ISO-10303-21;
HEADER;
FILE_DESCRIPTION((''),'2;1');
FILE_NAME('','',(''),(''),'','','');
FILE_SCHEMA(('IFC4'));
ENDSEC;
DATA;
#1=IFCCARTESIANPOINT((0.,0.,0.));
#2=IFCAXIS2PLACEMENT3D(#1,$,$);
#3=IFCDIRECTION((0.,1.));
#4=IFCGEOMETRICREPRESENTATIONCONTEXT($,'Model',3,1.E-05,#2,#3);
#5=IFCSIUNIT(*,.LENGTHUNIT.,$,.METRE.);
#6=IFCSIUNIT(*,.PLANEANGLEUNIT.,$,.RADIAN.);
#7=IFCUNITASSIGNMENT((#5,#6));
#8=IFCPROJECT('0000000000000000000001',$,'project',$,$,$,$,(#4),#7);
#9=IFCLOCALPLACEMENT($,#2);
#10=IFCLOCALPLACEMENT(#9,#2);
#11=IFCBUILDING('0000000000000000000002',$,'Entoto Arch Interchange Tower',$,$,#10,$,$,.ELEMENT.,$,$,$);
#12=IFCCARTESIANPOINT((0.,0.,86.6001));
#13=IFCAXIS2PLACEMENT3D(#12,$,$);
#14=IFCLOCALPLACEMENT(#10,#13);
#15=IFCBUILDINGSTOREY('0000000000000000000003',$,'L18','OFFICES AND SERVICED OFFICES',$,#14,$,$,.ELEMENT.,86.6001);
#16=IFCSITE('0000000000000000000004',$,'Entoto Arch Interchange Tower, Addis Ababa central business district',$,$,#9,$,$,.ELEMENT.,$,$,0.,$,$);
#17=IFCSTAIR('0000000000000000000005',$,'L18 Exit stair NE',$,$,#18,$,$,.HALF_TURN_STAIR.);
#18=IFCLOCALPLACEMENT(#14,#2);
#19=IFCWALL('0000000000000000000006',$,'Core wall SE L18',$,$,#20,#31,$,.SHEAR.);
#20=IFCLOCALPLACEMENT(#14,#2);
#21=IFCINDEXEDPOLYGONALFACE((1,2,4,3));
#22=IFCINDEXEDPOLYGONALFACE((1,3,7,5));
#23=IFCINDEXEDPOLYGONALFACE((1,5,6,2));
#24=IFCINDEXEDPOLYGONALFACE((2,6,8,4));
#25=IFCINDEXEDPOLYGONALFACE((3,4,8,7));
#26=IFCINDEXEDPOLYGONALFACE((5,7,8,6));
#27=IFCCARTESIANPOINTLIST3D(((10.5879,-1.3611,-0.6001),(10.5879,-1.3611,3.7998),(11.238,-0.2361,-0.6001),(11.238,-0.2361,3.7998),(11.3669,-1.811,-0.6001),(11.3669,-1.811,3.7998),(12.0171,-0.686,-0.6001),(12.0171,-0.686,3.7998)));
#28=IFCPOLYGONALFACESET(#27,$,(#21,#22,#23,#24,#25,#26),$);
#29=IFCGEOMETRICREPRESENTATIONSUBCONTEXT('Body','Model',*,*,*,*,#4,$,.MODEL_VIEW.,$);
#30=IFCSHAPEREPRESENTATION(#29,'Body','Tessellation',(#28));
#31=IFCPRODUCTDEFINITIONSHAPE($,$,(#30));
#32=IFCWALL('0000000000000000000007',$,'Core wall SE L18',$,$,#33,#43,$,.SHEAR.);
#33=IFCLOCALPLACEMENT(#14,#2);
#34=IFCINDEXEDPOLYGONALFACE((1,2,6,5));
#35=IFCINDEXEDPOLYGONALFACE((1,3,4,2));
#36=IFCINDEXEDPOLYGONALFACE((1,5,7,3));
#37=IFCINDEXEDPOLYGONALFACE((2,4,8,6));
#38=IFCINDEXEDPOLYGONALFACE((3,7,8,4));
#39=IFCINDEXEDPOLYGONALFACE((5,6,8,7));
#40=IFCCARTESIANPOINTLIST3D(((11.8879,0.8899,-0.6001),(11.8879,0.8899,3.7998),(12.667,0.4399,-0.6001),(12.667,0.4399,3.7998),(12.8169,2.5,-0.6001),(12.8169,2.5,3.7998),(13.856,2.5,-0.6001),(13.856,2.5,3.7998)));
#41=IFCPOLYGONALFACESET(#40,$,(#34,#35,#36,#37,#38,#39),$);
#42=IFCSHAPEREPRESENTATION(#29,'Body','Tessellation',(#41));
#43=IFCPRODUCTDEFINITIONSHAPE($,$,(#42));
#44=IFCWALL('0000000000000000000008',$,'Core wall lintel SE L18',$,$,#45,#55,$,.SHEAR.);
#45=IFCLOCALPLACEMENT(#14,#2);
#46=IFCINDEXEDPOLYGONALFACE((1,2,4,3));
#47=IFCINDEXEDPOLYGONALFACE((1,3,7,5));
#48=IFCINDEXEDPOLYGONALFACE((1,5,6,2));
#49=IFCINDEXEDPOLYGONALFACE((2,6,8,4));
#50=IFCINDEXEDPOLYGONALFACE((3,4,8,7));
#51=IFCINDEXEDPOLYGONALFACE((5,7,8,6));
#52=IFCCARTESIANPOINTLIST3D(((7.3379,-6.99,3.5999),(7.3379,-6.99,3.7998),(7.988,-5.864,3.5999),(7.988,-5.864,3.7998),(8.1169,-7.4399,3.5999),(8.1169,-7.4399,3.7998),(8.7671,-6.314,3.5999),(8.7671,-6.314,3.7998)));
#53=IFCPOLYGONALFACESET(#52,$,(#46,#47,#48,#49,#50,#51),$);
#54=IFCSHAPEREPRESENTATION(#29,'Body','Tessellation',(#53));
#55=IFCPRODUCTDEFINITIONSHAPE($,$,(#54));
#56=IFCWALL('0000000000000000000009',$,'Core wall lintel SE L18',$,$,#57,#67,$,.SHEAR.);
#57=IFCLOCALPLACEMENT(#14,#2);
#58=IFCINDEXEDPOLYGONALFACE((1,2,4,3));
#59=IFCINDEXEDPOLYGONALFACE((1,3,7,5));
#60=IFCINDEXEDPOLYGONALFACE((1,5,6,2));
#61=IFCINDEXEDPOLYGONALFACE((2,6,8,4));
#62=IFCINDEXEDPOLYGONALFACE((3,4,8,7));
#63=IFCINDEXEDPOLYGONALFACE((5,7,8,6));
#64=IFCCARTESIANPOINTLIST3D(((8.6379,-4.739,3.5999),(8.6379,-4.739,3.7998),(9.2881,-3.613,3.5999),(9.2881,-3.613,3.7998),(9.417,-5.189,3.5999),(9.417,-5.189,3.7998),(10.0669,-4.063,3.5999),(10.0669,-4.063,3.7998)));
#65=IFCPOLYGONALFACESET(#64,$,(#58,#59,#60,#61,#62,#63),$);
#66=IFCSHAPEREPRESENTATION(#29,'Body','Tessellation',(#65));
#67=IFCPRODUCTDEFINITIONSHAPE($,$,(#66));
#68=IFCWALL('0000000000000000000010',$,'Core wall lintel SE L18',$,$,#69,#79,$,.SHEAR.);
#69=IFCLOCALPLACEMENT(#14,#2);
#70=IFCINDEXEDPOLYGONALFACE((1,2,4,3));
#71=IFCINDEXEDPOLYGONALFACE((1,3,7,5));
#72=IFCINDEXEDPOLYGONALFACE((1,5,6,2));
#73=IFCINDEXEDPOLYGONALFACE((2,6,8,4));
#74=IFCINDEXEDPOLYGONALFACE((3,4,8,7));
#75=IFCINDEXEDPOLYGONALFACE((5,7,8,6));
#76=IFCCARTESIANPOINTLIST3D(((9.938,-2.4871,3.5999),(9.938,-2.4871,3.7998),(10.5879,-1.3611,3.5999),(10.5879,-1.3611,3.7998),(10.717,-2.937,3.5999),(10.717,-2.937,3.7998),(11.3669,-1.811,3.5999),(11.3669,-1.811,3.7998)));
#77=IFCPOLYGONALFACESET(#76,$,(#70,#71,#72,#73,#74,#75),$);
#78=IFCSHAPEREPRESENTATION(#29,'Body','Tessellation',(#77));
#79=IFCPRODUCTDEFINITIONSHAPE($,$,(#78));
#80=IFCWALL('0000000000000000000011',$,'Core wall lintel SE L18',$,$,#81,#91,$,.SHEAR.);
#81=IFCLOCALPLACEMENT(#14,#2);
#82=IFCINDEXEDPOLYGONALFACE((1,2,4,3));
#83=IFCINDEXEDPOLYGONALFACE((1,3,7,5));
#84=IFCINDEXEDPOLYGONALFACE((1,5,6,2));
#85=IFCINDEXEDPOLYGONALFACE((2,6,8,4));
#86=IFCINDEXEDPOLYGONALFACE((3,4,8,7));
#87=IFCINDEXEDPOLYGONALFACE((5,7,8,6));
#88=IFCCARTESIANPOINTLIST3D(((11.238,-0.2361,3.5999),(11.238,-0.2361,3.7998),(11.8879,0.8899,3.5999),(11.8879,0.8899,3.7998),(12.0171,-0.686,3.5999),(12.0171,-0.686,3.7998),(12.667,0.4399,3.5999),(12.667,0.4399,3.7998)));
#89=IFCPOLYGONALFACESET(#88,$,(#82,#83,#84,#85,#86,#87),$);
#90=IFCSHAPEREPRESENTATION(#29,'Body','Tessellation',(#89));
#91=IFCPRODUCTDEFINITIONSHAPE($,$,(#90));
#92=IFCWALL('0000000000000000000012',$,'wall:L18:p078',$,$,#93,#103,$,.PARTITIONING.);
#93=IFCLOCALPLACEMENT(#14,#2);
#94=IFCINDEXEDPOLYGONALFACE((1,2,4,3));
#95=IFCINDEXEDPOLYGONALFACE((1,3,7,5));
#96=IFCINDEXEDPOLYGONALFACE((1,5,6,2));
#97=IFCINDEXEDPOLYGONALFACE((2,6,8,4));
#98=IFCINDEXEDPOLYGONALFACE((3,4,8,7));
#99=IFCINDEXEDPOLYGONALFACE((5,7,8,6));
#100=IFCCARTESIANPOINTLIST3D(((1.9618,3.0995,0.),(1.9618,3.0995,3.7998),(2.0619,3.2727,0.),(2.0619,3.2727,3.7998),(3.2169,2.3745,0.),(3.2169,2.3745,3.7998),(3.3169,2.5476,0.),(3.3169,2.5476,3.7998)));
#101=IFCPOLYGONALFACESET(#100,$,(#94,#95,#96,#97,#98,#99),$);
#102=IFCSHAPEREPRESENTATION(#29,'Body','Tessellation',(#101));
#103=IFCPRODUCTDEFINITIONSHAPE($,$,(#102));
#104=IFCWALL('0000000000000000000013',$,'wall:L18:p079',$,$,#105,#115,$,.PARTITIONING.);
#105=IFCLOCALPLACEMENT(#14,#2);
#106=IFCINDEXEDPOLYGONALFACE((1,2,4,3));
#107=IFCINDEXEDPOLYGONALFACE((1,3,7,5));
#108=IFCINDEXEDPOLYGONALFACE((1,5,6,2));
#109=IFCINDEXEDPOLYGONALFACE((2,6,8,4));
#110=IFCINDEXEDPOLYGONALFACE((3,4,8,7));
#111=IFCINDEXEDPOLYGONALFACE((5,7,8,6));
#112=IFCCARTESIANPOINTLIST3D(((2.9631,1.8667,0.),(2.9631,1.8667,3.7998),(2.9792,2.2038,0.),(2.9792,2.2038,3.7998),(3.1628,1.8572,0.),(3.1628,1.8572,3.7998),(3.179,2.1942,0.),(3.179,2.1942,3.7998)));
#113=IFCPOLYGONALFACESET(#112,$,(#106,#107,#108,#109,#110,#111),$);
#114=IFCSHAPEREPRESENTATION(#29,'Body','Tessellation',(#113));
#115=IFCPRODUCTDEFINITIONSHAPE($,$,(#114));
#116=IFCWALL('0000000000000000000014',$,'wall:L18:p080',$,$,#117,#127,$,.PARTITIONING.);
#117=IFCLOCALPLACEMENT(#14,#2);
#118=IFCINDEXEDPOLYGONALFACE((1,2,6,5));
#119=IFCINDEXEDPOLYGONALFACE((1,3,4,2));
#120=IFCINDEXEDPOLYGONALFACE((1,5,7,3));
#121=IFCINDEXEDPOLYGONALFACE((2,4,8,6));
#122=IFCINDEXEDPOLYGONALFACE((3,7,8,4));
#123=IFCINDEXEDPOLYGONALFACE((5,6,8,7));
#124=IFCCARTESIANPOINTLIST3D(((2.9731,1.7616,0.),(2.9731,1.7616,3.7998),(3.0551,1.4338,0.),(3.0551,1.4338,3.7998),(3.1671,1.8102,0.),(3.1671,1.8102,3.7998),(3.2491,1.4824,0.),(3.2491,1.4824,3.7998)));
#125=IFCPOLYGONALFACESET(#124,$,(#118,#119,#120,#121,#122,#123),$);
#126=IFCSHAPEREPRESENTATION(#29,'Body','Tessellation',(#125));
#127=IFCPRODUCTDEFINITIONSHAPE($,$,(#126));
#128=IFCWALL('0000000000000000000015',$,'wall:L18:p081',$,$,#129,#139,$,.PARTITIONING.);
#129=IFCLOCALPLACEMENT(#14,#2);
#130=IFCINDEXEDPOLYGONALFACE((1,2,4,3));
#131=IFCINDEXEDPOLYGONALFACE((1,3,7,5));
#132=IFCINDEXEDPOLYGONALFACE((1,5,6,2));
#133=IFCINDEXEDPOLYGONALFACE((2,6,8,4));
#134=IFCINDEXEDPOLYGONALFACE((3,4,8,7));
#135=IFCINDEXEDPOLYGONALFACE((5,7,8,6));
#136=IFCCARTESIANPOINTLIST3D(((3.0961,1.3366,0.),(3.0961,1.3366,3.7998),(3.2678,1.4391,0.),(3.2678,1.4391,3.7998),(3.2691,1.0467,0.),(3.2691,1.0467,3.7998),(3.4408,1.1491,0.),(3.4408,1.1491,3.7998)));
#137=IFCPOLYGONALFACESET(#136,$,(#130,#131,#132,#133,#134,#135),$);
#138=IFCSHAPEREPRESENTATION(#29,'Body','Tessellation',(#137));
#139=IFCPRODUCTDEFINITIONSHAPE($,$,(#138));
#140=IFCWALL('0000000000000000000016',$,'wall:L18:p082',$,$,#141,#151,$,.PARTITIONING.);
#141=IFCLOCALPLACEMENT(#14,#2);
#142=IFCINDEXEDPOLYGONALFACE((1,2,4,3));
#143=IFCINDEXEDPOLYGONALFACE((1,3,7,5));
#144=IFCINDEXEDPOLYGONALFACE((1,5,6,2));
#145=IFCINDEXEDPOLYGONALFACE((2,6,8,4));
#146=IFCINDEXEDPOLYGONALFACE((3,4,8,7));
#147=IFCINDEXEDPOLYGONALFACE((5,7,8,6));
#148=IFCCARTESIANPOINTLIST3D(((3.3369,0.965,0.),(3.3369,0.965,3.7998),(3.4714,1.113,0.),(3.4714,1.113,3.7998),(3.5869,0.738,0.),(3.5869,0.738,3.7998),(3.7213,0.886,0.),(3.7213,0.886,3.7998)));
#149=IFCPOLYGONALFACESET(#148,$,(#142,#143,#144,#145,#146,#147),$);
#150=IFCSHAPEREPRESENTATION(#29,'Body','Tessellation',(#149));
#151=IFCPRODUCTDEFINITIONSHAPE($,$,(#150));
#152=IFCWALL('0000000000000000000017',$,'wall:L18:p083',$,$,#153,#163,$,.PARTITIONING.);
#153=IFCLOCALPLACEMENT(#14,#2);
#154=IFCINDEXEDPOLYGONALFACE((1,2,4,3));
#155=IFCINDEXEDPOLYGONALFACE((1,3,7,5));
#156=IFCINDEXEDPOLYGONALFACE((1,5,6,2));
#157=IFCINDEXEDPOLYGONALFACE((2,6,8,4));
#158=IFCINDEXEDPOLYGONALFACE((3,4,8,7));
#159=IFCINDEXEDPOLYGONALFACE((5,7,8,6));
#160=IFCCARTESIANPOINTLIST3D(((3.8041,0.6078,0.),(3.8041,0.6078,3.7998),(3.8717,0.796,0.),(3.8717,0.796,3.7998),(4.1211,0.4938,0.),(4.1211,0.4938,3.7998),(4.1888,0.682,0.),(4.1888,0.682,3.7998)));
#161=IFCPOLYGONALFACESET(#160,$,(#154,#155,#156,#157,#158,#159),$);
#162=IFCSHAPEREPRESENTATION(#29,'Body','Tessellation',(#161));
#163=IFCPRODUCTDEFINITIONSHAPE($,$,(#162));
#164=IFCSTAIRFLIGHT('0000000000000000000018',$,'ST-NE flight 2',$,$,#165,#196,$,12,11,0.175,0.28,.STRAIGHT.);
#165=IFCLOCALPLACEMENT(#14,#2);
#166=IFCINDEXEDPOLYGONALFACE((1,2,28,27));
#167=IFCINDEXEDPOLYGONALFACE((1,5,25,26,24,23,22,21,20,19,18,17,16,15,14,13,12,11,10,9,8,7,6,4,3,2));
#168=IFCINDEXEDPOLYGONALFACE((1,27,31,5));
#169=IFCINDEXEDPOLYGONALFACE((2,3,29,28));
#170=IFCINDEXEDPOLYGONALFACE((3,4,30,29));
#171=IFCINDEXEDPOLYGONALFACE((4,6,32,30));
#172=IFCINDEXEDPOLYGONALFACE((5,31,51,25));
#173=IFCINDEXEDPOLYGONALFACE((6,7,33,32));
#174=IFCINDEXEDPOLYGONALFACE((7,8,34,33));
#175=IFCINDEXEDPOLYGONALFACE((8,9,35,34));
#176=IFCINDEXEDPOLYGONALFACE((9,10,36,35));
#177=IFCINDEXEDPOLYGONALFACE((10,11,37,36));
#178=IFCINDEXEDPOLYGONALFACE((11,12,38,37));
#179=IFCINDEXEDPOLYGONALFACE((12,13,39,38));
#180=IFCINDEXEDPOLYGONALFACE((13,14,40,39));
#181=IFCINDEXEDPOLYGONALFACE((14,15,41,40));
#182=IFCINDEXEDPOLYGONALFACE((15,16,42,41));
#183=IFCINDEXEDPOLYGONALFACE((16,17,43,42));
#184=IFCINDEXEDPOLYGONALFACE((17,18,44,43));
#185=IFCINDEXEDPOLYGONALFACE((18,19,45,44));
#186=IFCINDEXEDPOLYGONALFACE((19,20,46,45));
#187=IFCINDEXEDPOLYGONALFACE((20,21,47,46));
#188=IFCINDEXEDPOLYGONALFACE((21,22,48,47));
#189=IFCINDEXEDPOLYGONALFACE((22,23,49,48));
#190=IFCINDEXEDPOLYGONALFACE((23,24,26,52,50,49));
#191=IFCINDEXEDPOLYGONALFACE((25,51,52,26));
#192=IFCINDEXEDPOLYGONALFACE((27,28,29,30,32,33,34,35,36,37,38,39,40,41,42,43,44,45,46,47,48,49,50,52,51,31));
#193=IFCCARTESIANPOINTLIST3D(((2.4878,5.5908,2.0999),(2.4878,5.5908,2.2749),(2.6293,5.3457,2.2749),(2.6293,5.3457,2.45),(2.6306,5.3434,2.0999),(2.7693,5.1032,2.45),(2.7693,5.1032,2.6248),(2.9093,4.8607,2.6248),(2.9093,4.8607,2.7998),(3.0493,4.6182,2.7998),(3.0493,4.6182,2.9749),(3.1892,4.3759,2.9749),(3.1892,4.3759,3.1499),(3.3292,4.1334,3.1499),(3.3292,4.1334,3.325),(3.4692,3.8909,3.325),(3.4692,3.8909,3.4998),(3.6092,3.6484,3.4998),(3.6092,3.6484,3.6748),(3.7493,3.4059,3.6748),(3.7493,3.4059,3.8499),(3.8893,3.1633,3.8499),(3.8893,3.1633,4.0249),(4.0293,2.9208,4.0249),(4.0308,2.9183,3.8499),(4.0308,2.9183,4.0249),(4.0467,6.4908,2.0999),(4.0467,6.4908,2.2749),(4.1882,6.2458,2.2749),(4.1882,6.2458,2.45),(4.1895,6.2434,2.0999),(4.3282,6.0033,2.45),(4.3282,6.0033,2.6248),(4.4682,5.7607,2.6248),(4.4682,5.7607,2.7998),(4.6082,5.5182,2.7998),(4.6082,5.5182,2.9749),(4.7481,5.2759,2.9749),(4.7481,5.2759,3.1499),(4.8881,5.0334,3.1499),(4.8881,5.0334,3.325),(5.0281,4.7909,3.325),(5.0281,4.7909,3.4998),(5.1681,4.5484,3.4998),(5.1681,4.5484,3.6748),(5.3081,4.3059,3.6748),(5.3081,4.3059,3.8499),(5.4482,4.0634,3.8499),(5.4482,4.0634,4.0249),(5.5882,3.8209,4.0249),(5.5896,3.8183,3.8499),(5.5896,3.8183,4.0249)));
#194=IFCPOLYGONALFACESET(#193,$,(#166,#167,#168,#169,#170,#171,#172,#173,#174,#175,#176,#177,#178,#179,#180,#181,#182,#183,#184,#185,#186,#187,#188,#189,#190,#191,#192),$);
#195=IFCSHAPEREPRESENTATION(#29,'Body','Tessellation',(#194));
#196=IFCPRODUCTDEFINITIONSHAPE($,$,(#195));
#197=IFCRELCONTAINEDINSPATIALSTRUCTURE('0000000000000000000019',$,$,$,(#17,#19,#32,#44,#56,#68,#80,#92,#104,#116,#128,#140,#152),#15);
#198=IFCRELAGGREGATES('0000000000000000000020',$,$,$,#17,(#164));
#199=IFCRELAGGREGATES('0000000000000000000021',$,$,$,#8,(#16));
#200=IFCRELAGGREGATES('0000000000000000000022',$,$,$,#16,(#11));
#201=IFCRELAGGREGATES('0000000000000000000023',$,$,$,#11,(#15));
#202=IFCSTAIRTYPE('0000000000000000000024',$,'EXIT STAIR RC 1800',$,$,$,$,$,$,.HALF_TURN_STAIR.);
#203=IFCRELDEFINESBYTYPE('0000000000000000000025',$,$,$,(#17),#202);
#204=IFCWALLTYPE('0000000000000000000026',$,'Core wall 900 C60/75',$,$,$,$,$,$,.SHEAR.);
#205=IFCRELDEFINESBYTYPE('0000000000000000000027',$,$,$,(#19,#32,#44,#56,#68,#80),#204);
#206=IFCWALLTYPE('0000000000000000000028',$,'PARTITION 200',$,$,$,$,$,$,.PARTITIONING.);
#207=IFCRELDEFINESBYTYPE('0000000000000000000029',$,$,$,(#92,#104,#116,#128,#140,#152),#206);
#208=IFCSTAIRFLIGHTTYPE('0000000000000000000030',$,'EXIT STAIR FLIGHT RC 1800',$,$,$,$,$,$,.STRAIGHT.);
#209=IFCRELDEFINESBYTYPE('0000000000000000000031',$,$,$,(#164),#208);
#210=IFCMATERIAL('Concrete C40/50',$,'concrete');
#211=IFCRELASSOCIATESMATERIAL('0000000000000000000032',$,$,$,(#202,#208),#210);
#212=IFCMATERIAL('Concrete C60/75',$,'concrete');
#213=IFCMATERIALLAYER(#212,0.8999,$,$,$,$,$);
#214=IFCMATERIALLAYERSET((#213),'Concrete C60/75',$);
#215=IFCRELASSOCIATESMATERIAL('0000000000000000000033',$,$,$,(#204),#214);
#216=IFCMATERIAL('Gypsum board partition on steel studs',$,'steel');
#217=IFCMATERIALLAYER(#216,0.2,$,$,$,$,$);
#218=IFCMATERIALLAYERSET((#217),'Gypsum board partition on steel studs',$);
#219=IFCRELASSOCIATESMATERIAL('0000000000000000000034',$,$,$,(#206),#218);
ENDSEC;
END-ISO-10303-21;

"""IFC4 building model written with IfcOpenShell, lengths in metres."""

from ifc_helpers import new_model, si_unit, direction, frame, frame_2d, origin, place, context, subcontext, project, spatial, polyline, rectangle, outline, extrude, material, layer, layer_set, type_object, element, aggregate, save


model = new_model("IFC4")

# Units and contexts
model_context = context("Model", 3, precision=1e-05, world=origin(), true_north=direction((0.0, 1.0)))
body_context = subcontext(model_context, "Body", "Model", "MODEL_VIEW")
ifc_project = project(units=[si_unit("LENGTHUNIT", "METRE"), si_unit("PLANEANGLEUNIT", "RADIAN")], contexts=[model_context])

# Site, building, storey
site_placement = place(None, origin())
site = spatial("IfcSite", under=ifc_project, at=site_placement, Name="Entoto Arch Interchange Tower, Addis Ababa central business district", CompositionType="ELEMENT", RefElevation=0.0)
building_placement = place(site_placement, origin())
building = spatial("IfcBuilding", under=site, at=building_placement, Name="Entoto Arch Interchange Tower", CompositionType="ELEMENT")
storey_placement = place(building_placement, frame((0.0, 0.0, 86.6001)))
storey = spatial("IfcBuildingStorey", under=building, at=storey_placement, Name="L18", Description="OFFICES AND SERVICED OFFICES", CompositionType="ELEMENT", Elevation=86.6001)

# Shared definitions
ifc_material_1 = material(Name="Concrete C40/50", Category="concrete")

# Stair
stair_type = type_object("IfcStairType", Name="EXIT STAIR RC 1800", PredefinedType="HALF_TURN_STAIR", material=ifc_material_1)
stair_1_placement = place(storey_placement, origin())
stair_1 = element("IfcStair", 1, at=stair_1_placement, inside=storey, type_object=stair_type, Name="L18 Exit stair NE", PredefinedType="HALF_TURN_STAIR")

# Walls
ifc_material_2 = material(Name="Concrete C60/75", Category="concrete")
ifc_layer_1 = layer(ifc_material_2, 0.8999)
ifc_layer_set_1 = layer_set([ifc_layer_1], Name="Concrete C60/75")
wall_type_1 = type_object("IfcWallType", Name="Core wall 900 C60/75", PredefinedType="SHEAR", material=ifc_layer_set_1)
wall_1_placement = place(storey_placement, frame((0.0, 0.0, -0.6001)))
element("IfcWall", 2, at=wall_1_placement, inside=storey, type_object=wall_type_1, Name="Core wall SE L18", PredefinedType="SHEAR", context=body_context, shape_type="SweptSolid", body=[
    extrude(outline(polyline([(12.0171, -0.686), (11.238, -0.2361), (10.5879, -1.3611), (11.3669, -1.811), (12.0171, -0.686)])), origin(), (0.0, 0.0, 1.0), 4.3999),
])
wall_2_placement = place(storey_placement, frame((0.0, 0.0, -0.6001)))
element("IfcWall", 3, at=wall_2_placement, inside=storey, type_object=wall_type_1, Name="Core wall SE L18", PredefinedType="SHEAR", context=body_context, shape_type="SweptSolid", body=[
    extrude(outline(polyline([(11.8879, 0.8899), (12.667, 0.4399), (13.856, 2.5), (12.8169, 2.5), (11.8879, 0.8899)])), origin(), (0.0, 0.0, 1.0), 4.3999),
])
wall_3_placement = place(storey_placement, frame((0.0, 0.0, 3.5999)))
element("IfcWall", 4, at=wall_3_placement, inside=storey, type_object=wall_type_1, Name="Core wall lintel SE L18", PredefinedType="SHEAR", context=body_context, shape_type="SweptSolid", body=[
    extrude(outline(polyline([(8.7671, -6.314), (7.988, -5.864), (7.3379, -6.99), (8.1169, -7.4399), (8.7671, -6.314)])), origin(), (0.0, 0.0, 1.0), 0.2),
])
wall_4_placement = place(storey_placement, frame((0.0, 0.0, 3.5999)))
element("IfcWall", 5, at=wall_4_placement, inside=storey, type_object=wall_type_1, Name="Core wall lintel SE L18", PredefinedType="SHEAR", context=body_context, shape_type="SweptSolid", body=[
    extrude(outline(polyline([(10.0669, -4.063), (9.2881, -3.613), (8.6379, -4.739), (9.417, -5.189), (10.0669, -4.063)])), origin(), (0.0, 0.0, 1.0), 0.2),
])
wall_5_placement = place(storey_placement, frame((0.0, 0.0, 3.5999)))
element("IfcWall", 6, at=wall_5_placement, inside=storey, type_object=wall_type_1, Name="Core wall lintel SE L18", PredefinedType="SHEAR", context=body_context, shape_type="SweptSolid", body=[
    extrude(outline(polyline([(11.3669, -1.811), (10.5879, -1.3611), (9.938, -2.4871), (10.717, -2.937), (11.3669, -1.811)])), origin(), (0.0, 0.0, 1.0), 0.2),
])
wall_6_placement = place(storey_placement, frame((0.0, 0.0, 3.5999)))
element("IfcWall", 7, at=wall_6_placement, inside=storey, type_object=wall_type_1, Name="Core wall lintel SE L18", PredefinedType="SHEAR", context=body_context, shape_type="SweptSolid", body=[
    extrude(outline(polyline([(12.667, 0.4399), (11.8879, 0.8899), (11.238, -0.2361), (12.0171, -0.686), (12.667, 0.4399)])), origin(), (0.0, 0.0, 1.0), 0.2),
])
ifc_material_3 = material(Name="Gypsum board partition on steel studs", Category="steel")
ifc_layer_2 = layer(ifc_material_3, 0.2)
ifc_layer_set_2 = layer_set([ifc_layer_2], Name="Gypsum board partition on steel studs")
wall_type_2 = type_object("IfcWallType", Name="PARTITION 200", PredefinedType="PARTITIONING", material=ifc_layer_set_2)
wall_7_placement = place(storey_placement, frame((2.012, 3.186, 0.0), z_axis=(0.0, 0.0, 1.0), x_axis=(0.865891, -0.500233, 0.0)))
element("IfcWall", 8, at=wall_7_placement, inside=storey, type_object=wall_type_2, Name="wall:L18:p078", PredefinedType="PARTITIONING", context=body_context, shape_type="SweptSolid", body=[
    extrude(rectangle(XDim=1.4495, YDim=0.2, at=frame_2d((0.7246, 0.0))), origin(), (0.0, 0.0, 1.0), 3.7998),
])
wall_8_placement = place(storey_placement, frame((3.0791, 2.199, 0.0), z_axis=(0.0, 0.0, 1.0), x_axis=(-0.047771, -0.998858, 0.0)))
element("IfcWall", 9, at=wall_8_placement, inside=storey, type_object=wall_type_2, Name="wall:L18:p079", PredefinedType="PARTITIONING", context=body_context, shape_type="SweptSolid", body=[
    extrude(rectangle(XDim=0.3374, YDim=0.2, at=frame_2d((0.1687, 0.0))), origin(), (0.0, 0.0, 1.0), 3.7998),
])
wall_9_placement = place(storey_placement, frame((3.0701, 1.7859, 0.0), z_axis=(0.0, 0.0, 1.0), x_axis=(0.242706, -0.9701, 0.0)))
element("IfcWall", 10, at=wall_9_placement, inside=storey, type_object=wall_type_2, Name="wall:L18:p080", PredefinedType="PARTITIONING", context=body_context, shape_type="SweptSolid", body=[
    extrude(rectangle(XDim=0.3379, YDim=0.2, at=frame_2d((0.1689, 0.0))), origin(), (0.0, 0.0, 1.0), 3.7998),
])
for number, where, z_axis, x_axis, name in (
    (11, (3.1819, 1.3879, 0.0), (0.0, 0.0, 1.0), (0.512475, -0.858702, 0.0), "wall:L18:p081"),
    (12, (3.4041, 1.0391, 0.0), (0.0, 0.0, 1.0), (0.740267, -0.672313, 0.0), "wall:L18:p082"),
):
    element("IfcWall", number, at=place(storey_placement, frame(where, z_axis=z_axis, x_axis=x_axis)), inside=storey, type_object=wall_type_2, Name=name, PredefinedType="PARTITIONING", context=body_context, shape_type="SweptSolid", body=[
        extrude(rectangle(XDim=0.3376, YDim=0.2, at=frame_2d((0.1689, 0.0))), origin(), (0.0, 0.0, 1.0), 3.7998),
    ])
wall_10_placement = place(storey_placement, frame((3.8379, 0.7019, 0.0), z_axis=(0.0, 0.0, 1.0), x_axis=(0.941035, -0.338309, 0.0)))
element("IfcWall", 13, at=wall_10_placement, inside=storey, type_object=wall_type_2, Name="wall:L18:p083", PredefinedType="PARTITIONING", context=body_context, shape_type="SweptSolid", body=[
    extrude(rectangle(XDim=0.3369, YDim=0.2, at=frame_2d((0.1685, 0.0))), origin(), (0.0, 0.0, 1.0), 3.7998),
])

# Stair flight
stair_flight_type = type_object("IfcStairFlightType", Name="EXIT STAIR FLIGHT RC 1800", PredefinedType="STRAIGHT", material=ifc_material_1)
stair_flight_placement = place(storey_placement, frame((3.2688, 6.0383, 2.0999), z_axis=(0.0, 0.0, 1.0), x_axis=(0.5, -0.866025, 0.0)))
stair_flight = element("IfcStairFlight", 14, at=stair_flight_placement, type_object=stair_flight_type, Name="ST-NE flight 2", NumberOfRisers=12, NumberOfTreads=11, PredefinedType="STRAIGHT", RiserHeight=0.175, TreadLength=0.28, context=body_context, shape_type="SweptSolid", body=[
    extrude(outline(polyline([(-0.0029, 0.0), (-0.0029, 0.175), (0.28, 0.175), (0.28, 0.3501), (0.5601, 0.3501), (0.5601, 0.5249), (0.8401, 0.5249), (0.8401, 0.7), (1.1201, 0.7), (1.1201, 0.875), (1.3999, 0.875), (1.3999, 1.05), (1.6799, 1.05), (1.6799, 1.2251), (1.96, 1.2251), (1.96, 1.3999), (2.24, 1.3999), (2.24, 1.575), (2.52, 1.575), (2.52, 1.75), (2.8, 1.75), (2.8, 1.925), (3.0801, 1.925), (3.083, 1.925), (3.083, 1.75), (0.2827, 0.0), (-0.0029, 0.0)])), frame((0.0, 0.8999, 0.0), z_axis=(0.0, -1.0, 0.0), x_axis=(1.0, 0.0, 0.0)), (0.0, 0.0, 1.0), 1.8),
])
aggregate(stair_1, [stair_flight])

save(model, "model.ifc")
